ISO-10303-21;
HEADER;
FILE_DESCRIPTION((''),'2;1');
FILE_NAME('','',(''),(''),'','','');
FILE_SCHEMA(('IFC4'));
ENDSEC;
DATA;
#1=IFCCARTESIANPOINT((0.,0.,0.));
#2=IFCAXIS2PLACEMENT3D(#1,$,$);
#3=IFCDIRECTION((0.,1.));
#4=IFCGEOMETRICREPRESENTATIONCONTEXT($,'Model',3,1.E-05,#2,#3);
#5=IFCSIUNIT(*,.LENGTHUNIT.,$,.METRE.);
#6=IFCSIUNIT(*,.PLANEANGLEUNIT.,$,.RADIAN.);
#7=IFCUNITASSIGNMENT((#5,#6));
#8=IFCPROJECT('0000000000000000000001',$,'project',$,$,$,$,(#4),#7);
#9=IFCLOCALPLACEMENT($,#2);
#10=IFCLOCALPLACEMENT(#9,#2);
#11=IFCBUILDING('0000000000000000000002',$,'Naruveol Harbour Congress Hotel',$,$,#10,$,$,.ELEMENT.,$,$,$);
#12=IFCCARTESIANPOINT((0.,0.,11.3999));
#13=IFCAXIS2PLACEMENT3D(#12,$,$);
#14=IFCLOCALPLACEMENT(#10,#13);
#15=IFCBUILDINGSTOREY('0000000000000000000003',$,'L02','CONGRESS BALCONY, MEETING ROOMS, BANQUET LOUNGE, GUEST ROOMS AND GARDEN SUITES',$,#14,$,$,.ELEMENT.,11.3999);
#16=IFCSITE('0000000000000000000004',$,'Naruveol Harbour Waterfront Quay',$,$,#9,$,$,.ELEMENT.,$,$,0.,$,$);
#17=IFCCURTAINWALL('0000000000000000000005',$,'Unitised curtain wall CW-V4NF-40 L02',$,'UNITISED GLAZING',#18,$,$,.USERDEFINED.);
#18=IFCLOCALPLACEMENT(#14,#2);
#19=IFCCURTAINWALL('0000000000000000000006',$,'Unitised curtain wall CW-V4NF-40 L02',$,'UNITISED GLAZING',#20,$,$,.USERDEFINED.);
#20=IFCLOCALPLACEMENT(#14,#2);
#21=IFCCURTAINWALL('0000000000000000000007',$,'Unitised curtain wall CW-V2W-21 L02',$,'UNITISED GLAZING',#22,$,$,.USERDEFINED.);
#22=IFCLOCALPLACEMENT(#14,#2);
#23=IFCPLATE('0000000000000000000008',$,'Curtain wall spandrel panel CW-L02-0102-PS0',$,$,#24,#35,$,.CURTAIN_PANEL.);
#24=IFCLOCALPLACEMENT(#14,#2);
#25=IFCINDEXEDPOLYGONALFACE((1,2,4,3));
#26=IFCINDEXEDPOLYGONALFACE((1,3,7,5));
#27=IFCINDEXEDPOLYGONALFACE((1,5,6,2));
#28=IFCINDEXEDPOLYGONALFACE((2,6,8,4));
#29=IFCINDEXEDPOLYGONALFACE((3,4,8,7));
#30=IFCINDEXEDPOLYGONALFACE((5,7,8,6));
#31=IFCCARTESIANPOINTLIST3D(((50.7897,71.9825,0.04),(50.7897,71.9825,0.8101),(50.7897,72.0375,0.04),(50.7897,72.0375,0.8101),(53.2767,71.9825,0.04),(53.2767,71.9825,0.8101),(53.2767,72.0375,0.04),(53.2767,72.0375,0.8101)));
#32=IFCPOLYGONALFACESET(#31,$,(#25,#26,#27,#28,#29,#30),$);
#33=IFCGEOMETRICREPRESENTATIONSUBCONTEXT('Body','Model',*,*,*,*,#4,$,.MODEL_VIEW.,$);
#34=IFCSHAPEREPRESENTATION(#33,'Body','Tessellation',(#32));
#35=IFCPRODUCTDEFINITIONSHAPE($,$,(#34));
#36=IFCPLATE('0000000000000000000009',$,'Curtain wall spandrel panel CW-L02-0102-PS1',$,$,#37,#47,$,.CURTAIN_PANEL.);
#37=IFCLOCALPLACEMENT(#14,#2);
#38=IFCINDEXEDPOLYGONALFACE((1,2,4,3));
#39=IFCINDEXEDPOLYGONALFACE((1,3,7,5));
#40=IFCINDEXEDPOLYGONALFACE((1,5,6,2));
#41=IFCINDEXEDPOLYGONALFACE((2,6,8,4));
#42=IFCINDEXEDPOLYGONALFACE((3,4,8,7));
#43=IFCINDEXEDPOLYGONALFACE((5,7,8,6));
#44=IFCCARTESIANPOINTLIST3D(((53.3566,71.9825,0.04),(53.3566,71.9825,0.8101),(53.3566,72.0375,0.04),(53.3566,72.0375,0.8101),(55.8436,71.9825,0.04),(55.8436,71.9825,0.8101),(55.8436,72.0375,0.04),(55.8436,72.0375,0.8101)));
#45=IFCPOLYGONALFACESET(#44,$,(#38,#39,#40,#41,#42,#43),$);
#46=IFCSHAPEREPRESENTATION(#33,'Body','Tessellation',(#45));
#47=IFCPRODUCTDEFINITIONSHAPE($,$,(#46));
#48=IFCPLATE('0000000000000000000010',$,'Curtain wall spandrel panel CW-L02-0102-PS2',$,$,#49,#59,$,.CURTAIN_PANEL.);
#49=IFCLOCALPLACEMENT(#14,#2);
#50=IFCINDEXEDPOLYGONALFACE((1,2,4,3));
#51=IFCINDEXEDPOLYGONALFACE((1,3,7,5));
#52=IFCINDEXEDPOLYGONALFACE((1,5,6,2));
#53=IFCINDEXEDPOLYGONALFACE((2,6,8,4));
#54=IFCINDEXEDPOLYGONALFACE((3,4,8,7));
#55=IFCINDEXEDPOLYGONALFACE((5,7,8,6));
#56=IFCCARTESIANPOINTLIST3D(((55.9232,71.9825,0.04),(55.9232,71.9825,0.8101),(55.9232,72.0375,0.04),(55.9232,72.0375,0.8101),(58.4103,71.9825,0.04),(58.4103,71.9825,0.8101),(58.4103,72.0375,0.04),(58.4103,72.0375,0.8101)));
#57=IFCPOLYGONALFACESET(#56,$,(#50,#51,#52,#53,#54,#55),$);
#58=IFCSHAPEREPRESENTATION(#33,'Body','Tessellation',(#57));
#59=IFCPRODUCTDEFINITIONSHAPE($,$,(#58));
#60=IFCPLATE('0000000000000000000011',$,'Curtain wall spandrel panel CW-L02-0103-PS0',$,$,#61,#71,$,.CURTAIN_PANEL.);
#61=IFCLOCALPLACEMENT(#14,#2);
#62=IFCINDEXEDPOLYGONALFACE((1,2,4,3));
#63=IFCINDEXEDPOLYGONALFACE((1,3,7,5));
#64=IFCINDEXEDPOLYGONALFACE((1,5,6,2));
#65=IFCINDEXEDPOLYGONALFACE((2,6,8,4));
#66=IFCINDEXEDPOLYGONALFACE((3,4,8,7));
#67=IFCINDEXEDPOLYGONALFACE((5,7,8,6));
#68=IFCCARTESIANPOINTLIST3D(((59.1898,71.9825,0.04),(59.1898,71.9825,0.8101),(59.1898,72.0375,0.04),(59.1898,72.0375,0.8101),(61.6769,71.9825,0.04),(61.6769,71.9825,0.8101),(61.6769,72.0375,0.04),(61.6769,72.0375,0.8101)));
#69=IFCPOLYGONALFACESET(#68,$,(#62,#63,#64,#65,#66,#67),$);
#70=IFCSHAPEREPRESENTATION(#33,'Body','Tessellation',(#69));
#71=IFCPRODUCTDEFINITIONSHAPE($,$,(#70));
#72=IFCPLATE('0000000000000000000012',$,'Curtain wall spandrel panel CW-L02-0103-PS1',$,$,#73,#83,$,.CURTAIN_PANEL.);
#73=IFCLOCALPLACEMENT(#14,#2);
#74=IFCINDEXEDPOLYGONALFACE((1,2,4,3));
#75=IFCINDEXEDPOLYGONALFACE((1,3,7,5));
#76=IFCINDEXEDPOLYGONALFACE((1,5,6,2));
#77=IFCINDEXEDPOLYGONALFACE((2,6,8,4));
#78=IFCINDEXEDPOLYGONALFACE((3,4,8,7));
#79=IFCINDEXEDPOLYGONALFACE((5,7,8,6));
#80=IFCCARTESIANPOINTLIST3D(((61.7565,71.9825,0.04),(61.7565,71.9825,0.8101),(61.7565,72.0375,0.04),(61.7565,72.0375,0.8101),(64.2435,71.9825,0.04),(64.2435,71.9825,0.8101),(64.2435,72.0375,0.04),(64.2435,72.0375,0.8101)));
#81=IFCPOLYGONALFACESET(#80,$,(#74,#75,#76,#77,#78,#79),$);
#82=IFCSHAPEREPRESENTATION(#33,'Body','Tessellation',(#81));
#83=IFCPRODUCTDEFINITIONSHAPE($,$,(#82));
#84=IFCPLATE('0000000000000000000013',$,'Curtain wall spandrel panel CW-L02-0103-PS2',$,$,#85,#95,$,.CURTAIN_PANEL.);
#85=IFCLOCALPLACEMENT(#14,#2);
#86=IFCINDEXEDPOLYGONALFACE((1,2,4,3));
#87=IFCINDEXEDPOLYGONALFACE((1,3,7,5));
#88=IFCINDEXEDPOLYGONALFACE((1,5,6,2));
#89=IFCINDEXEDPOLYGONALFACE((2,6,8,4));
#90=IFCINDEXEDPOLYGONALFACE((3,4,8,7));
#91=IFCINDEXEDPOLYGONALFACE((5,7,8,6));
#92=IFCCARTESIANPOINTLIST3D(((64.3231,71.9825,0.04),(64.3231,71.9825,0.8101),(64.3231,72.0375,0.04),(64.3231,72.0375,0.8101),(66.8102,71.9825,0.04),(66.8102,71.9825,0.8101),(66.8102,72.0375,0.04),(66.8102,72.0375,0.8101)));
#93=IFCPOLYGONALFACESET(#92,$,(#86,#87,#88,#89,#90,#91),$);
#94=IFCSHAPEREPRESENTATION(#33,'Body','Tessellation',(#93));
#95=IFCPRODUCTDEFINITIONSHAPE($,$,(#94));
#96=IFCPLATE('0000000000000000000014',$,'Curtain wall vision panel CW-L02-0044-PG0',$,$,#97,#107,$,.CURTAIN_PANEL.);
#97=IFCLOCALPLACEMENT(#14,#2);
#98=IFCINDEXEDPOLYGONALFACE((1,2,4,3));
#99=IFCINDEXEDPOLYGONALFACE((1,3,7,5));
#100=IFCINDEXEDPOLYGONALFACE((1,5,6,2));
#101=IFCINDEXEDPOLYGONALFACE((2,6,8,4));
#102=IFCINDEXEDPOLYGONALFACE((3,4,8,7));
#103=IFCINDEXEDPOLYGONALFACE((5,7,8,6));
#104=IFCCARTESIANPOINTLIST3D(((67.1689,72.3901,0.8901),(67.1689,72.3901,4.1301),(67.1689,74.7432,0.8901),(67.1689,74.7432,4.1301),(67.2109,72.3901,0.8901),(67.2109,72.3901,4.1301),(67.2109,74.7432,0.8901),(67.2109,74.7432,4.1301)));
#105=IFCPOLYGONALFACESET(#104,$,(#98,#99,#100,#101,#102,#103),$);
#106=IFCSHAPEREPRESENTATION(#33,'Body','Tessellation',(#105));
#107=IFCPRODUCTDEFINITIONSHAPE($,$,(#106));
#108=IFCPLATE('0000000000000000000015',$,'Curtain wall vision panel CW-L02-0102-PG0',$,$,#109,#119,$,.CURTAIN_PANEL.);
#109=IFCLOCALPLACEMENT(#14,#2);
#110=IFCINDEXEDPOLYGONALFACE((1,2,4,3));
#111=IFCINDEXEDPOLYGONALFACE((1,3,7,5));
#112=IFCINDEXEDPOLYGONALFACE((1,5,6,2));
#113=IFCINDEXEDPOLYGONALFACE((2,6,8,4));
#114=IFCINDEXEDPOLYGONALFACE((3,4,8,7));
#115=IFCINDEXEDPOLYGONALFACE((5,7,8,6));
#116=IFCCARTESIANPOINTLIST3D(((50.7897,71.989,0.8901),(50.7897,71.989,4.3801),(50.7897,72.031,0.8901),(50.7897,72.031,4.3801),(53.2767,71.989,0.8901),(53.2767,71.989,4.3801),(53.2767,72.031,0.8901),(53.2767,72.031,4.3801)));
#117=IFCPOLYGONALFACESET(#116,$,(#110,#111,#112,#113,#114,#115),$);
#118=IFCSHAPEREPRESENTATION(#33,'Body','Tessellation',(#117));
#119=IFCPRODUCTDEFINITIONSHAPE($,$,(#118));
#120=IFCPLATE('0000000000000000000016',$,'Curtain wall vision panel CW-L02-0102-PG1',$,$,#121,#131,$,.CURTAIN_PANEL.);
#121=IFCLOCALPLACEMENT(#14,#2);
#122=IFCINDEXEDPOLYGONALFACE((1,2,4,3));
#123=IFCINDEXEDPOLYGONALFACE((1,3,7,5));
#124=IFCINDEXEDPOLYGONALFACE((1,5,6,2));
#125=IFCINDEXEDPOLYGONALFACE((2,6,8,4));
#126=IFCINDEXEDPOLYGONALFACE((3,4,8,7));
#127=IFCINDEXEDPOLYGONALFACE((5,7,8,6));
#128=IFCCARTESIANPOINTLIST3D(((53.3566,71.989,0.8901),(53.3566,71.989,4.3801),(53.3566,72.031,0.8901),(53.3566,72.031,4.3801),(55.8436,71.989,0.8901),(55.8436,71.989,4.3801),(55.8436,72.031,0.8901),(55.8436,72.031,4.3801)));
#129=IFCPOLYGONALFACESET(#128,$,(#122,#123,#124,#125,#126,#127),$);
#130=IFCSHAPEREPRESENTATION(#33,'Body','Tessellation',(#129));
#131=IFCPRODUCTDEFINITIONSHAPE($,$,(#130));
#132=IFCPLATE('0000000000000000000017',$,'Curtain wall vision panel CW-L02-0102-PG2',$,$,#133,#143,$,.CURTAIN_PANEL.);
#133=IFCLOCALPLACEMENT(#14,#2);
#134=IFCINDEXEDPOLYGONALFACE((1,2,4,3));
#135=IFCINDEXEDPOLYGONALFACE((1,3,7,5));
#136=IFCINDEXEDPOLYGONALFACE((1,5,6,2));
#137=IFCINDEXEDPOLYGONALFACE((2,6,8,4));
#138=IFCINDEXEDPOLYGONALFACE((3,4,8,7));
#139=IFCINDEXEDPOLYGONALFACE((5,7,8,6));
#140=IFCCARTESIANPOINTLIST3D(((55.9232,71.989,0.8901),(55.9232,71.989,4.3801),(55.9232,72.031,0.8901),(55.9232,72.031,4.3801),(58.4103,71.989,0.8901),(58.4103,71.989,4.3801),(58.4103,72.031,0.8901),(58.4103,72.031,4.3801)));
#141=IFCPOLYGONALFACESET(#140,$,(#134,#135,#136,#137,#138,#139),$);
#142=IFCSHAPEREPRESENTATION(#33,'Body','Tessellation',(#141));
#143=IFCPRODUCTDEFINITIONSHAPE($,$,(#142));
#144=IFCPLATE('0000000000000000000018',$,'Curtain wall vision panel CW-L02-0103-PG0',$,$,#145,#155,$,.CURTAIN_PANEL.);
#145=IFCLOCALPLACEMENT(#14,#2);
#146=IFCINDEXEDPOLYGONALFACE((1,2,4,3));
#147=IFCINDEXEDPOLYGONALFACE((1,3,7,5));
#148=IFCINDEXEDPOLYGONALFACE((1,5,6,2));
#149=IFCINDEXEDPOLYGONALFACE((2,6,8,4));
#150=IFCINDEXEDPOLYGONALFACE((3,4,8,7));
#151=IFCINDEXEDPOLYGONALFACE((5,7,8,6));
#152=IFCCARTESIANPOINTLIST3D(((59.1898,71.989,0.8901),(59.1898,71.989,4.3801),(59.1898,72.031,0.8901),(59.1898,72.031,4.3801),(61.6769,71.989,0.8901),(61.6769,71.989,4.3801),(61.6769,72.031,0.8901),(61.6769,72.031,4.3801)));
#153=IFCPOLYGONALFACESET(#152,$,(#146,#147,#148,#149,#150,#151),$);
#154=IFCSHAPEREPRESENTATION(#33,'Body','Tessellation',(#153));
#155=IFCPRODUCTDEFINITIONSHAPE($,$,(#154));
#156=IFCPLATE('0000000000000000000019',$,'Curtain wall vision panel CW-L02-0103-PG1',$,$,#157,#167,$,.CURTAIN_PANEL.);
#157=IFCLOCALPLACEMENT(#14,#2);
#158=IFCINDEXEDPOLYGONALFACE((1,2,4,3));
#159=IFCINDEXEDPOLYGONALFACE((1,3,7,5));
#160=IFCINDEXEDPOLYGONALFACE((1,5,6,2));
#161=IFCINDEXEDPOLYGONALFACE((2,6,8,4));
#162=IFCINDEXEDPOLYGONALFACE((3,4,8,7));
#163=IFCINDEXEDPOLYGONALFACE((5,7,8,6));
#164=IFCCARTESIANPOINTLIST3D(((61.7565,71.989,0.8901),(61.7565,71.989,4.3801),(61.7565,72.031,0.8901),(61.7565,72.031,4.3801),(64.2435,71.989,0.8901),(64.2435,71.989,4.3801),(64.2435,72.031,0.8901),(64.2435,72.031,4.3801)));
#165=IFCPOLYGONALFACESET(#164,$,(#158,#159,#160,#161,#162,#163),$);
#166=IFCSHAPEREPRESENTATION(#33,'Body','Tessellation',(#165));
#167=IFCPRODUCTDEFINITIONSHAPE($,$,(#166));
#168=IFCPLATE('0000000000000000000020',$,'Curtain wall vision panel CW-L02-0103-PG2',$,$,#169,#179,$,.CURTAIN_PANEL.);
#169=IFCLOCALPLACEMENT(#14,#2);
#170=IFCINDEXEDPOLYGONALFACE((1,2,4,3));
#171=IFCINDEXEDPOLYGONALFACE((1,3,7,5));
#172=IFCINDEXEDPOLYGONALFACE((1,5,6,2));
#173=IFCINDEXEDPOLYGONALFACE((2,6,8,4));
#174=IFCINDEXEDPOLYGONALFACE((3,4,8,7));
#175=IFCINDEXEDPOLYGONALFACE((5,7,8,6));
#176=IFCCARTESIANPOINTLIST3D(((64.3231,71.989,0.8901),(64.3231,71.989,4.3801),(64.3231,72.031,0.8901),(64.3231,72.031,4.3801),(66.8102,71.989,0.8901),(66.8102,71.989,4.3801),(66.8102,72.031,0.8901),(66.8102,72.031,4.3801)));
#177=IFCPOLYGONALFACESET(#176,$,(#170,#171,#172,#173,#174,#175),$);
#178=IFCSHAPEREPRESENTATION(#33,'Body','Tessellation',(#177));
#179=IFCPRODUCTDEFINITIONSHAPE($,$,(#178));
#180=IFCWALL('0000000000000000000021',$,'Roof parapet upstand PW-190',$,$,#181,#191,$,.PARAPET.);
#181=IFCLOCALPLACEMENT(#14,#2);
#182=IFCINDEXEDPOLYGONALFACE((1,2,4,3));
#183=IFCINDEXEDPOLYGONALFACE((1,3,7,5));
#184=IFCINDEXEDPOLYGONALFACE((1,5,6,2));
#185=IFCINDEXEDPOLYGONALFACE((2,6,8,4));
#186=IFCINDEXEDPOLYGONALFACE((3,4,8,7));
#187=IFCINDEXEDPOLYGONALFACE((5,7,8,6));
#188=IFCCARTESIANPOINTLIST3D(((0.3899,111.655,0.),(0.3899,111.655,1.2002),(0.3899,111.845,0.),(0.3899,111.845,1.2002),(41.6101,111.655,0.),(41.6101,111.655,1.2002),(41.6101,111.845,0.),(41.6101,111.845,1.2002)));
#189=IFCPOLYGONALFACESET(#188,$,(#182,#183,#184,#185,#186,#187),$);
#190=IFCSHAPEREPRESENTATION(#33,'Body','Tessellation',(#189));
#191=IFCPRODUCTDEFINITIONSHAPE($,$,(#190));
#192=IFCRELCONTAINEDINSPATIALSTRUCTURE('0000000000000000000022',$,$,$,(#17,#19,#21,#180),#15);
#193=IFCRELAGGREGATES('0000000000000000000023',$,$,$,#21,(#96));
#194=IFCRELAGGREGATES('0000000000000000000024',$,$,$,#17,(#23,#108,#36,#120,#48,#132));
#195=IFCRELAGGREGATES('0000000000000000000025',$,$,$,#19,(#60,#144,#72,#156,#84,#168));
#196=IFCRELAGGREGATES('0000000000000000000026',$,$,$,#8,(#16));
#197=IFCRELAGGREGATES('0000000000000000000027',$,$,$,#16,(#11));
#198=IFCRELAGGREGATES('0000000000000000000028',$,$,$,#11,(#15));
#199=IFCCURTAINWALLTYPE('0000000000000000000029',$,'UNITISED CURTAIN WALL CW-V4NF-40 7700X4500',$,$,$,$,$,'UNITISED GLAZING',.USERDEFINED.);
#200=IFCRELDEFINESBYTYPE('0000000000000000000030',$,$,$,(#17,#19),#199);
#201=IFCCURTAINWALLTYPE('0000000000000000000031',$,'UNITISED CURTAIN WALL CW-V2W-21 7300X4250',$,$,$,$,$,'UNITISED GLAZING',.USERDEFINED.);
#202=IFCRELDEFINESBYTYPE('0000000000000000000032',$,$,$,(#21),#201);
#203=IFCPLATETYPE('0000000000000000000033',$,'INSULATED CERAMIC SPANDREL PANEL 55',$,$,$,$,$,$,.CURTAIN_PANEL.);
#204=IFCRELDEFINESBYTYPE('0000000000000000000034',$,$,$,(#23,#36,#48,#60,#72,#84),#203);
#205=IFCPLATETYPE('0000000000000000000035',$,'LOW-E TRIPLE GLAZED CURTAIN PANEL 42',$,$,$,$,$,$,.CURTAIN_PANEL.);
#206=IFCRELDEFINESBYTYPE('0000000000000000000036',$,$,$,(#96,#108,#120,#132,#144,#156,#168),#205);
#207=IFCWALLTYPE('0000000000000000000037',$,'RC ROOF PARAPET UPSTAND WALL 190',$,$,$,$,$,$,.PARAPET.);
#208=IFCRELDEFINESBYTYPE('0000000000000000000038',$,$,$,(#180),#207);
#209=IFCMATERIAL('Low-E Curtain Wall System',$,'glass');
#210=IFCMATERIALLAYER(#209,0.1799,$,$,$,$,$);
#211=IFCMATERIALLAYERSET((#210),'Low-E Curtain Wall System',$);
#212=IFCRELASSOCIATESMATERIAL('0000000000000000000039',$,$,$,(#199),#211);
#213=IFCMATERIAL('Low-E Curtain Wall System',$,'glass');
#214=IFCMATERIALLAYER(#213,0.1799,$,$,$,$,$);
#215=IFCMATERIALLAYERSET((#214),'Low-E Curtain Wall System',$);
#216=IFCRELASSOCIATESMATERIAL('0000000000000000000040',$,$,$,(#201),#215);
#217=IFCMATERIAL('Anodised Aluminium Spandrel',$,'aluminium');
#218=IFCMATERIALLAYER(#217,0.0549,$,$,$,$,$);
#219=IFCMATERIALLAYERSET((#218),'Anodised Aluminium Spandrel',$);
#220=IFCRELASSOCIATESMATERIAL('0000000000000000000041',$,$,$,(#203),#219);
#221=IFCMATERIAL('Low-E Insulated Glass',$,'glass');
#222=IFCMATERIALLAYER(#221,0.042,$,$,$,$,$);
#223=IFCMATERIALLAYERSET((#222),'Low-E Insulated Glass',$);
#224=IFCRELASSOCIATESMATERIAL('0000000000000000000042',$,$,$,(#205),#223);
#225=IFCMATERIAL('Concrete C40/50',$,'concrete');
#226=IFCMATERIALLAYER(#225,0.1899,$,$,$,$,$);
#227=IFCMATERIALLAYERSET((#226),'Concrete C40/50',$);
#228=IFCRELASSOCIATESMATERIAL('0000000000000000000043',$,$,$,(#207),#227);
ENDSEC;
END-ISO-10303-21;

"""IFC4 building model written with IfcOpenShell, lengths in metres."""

from ifc_helpers import new_model, si_unit, direction, frame, frame_2d, origin, origin_2d, place, context, subcontext, project, spatial, rectangle, extrude, material, layer, layer_set, type_object, element, aggregate, save


model = new_model("IFC4")

# Units and contexts
model_context = context("Model", 3, precision=1e-05, world=origin(), true_north=direction((0.0, 1.0)))
body_context = subcontext(model_context, "Body", "Model", "MODEL_VIEW")
ifc_project = project(units=[si_unit("LENGTHUNIT", "METRE"), si_unit("PLANEANGLEUNIT", "RADIAN")], contexts=[model_context])

# Site, building, storey
site_placement = place(None, origin())
site = spatial("IfcSite", under=ifc_project, at=site_placement, Name="Naruveol Harbour Waterfront Quay", CompositionType="ELEMENT", RefElevation=0.0)
building_placement = place(site_placement, origin())
building = spatial("IfcBuilding", under=site, at=building_placement, Name="Naruveol Harbour Congress Hotel", CompositionType="ELEMENT")
storey_placement = place(building_placement, frame((0.0, 0.0, 11.3999)))
storey = spatial("IfcBuildingStorey", under=building, at=storey_placement, Name="L02", Description="CONGRESS BALCONY, MEETING ROOMS, BANQUET LOUNGE, GUEST ROOMS AND GARDEN SUITES", CompositionType="ELEMENT", Elevation=11.3999)

# Curtain wall
ifc_material_1 = material(Name="Low-E Curtain Wall System", Category="glass")
ifc_layer_1 = layer(ifc_material_1, 0.1799)
ifc_layer_set_1 = layer_set([ifc_layer_1], Name="Low-E Curtain Wall System")
curtain_wall_type_1 = type_object("IfcCurtainWallType", Name="UNITISED CURTAIN WALL CW-V4NF-40 7700X4500", ElementType="UNITISED GLAZING", PredefinedType="USERDEFINED", material=ifc_layer_set_1)
curtain_wall_1_placement = place(storey_placement, origin())
curtain_wall_1 = element("IfcCurtainWall", 1, at=curtain_wall_1_placement, inside=storey, type_object=curtain_wall_type_1, Name="Unitised curtain wall CW-V4NF-40 L02", ObjectType="UNITISED GLAZING", PredefinedType="USERDEFINED")

# Curtain wall
curtain_wall_2_placement = place(storey_placement, origin())
curtain_wall_2 = element("IfcCurtainWall", 2, at=curtain_wall_2_placement, inside=storey, type_object=curtain_wall_type_1, Name="Unitised curtain wall CW-V4NF-40 L02", ObjectType="UNITISED GLAZING", PredefinedType="USERDEFINED")

# Curtain wall
ifc_material_2 = material(Name="Low-E Curtain Wall System", Category="glass")
ifc_layer_2 = layer(ifc_material_2, 0.1799)
ifc_layer_set_2 = layer_set([ifc_layer_2], Name="Low-E Curtain Wall System")
curtain_wall_type_2 = type_object("IfcCurtainWallType", Name="UNITISED CURTAIN WALL CW-V2W-21 7300X4250", ElementType="UNITISED GLAZING", PredefinedType="USERDEFINED", material=ifc_layer_set_2)
curtain_wall_3_placement = place(storey_placement, origin())
curtain_wall_3 = element("IfcCurtainWall", 3, at=curtain_wall_3_placement, inside=storey, type_object=curtain_wall_type_2, Name="Unitised curtain wall CW-V2W-21 L02", ObjectType="UNITISED GLAZING", PredefinedType="USERDEFINED")
ifc_material_3 = material(Name="Anodised Aluminium Spandrel", Category="aluminium")
ifc_layer_3 = layer(ifc_material_3, 0.0549)
ifc_layer_set_3 = layer_set([ifc_layer_3], Name="Anodised Aluminium Spandrel")
plate_type_1 = type_object("IfcPlateType", Name="INSULATED CERAMIC SPANDREL PANEL 55", PredefinedType="CURTAIN_PANEL", material=ifc_layer_set_3)

# Plates
plate_1_placement = place(storey_placement, frame((52.0332, 72.01, 0.04), z_axis=(0.0, 0.0, 1.0), x_axis=(1.0, 0.0, 0.0)))
plate_1 = element("IfcPlate", 4, at=plate_1_placement, type_object=plate_type_1, Name="Curtain wall spandrel panel CW-L02-0102-PS0", PredefinedType="CURTAIN_PANEL", context=body_context, shape_type="SweptSolid", body=[
    extrude(rectangle(XDim=2.4871, YDim=0.0549, at=origin_2d()), origin(), (0.0, 0.0, 1.0), 0.77),
])
plate_2_placement = place(storey_placement, frame((54.6001, 72.01, 0.04), z_axis=(0.0, 0.0, 1.0), x_axis=(1.0, 0.0, 0.0)))
plate_2 = element("IfcPlate", 5, at=plate_2_placement, type_object=plate_type_1, Name="Curtain wall spandrel panel CW-L02-0102-PS1", PredefinedType="CURTAIN_PANEL", context=body_context, shape_type="SweptSolid", body=[
    extrude(rectangle(XDim=2.4871, YDim=0.0549, at=origin_2d()), origin(), (0.0, 0.0, 1.0), 0.77),
])
plate_3_placement = place(storey_placement, frame((57.1667, 72.01, 0.04), z_axis=(0.0, 0.0, 1.0), x_axis=(1.0, 0.0, 0.0)))
plate_3 = element("IfcPlate", 6, at=plate_3_placement, type_object=plate_type_1, Name="Curtain wall spandrel panel CW-L02-0102-PS2", PredefinedType="CURTAIN_PANEL", context=body_context, shape_type="SweptSolid", body=[
    extrude(rectangle(XDim=2.4871, YDim=0.0549, at=origin_2d()), origin(), (0.0, 0.0, 1.0), 0.77),
])
plate_4_placement = place(storey_placement, frame((60.4333, 72.01, 0.04), z_axis=(0.0, 0.0, 1.0), x_axis=(1.0, 0.0, 0.0)))
plate_4 = element("IfcPlate", 7, at=plate_4_placement, type_object=plate_type_1, Name="Curtain wall spandrel panel CW-L02-0103-PS0", PredefinedType="CURTAIN_PANEL", context=body_context, shape_type="SweptSolid", body=[
    extrude(rectangle(XDim=2.4871, YDim=0.0549, at=origin_2d()), origin(), (0.0, 0.0, 1.0), 0.77),
])
plate_5_placement = place(storey_placement, frame((63.0, 72.01, 0.04), z_axis=(0.0, 0.0, 1.0), x_axis=(1.0, 0.0, 0.0)))
plate_5 = element("IfcPlate", 8, at=plate_5_placement, type_object=plate_type_1, Name="Curtain wall spandrel panel CW-L02-0103-PS1", PredefinedType="CURTAIN_PANEL", context=body_context, shape_type="SweptSolid", body=[
    extrude(rectangle(XDim=2.4871, YDim=0.0549, at=origin_2d()), origin(), (0.0, 0.0, 1.0), 0.77),
])
plate_6_placement = place(storey_placement, frame((65.5667, 72.01, 0.04), z_axis=(0.0, 0.0, 1.0), x_axis=(1.0, 0.0, 0.0)))
plate_6 = element("IfcPlate", 9, at=plate_6_placement, type_object=plate_type_1, Name="Curtain wall spandrel panel CW-L02-0103-PS2", PredefinedType="CURTAIN_PANEL", context=body_context, shape_type="SweptSolid", body=[
    extrude(rectangle(XDim=2.4871, YDim=0.0549, at=origin_2d()), origin(), (0.0, 0.0, 1.0), 0.77),
])
ifc_material_4 = material(Name="Low-E Insulated Glass", Category="glass")
ifc_layer_4 = layer(ifc_material_4, 0.042)
ifc_layer_set_4 = layer_set([ifc_layer_4], Name="Low-E Insulated Glass")
plate_type_2 = type_object("IfcPlateType", Name="LOW-E TRIPLE GLAZED CURTAIN PANEL 42", PredefinedType="CURTAIN_PANEL", material=ifc_layer_set_4)
plate_7_placement = place(storey_placement, frame((67.1899, 73.5667, 0.8901), z_axis=(0.0, 0.0, 1.0), x_axis=(0.0, 1.0, 0.0)))
plate_7 = element("IfcPlate", 10, at=plate_7_placement, type_object=plate_type_2, Name="Curtain wall vision panel CW-L02-0044-PG0", PredefinedType="CURTAIN_PANEL", context=body_context, shape_type="SweptSolid", body=[
    extrude(rectangle(XDim=2.353, YDim=0.042, at=origin_2d()), origin(), (0.0, 0.0, 1.0), 3.24),
])
aggregate(curtain_wall_3, [plate_7])
plate_8_placement = place(storey_placement, frame((52.0332, 72.01, 0.8901), z_axis=(0.0, 0.0, 1.0), x_axis=(1.0, 0.0, 0.0)))
plate_8 = element("IfcPlate", 11, at=plate_8_placement, type_object=plate_type_2, Name="Curtain wall vision panel CW-L02-0102-PG0", PredefinedType="CURTAIN_PANEL", context=body_context, shape_type="SweptSolid", body=[
    extrude(rectangle(XDim=2.4871, YDim=0.042, at=origin_2d()), origin(), (0.0, 0.0, 1.0), 3.49),
])
plate_9_placement = place(storey_placement, frame((54.6001, 72.01, 0.8901), z_axis=(0.0, 0.0, 1.0), x_axis=(1.0, 0.0, 0.0)))
plate_9 = element("IfcPlate", 12, at=plate_9_placement, type_object=plate_type_2, Name="Curtain wall vision panel CW-L02-0102-PG1", PredefinedType="CURTAIN_PANEL", context=body_context, shape_type="SweptSolid", body=[
    extrude(rectangle(XDim=2.4871, YDim=0.042, at=origin_2d()), origin(), (0.0, 0.0, 1.0), 3.49),
])
plate_10_placement = place(storey_placement, frame((57.1667, 72.01, 0.8901), z_axis=(0.0, 0.0, 1.0), x_axis=(1.0, 0.0, 0.0)))
plate_10 = element("IfcPlate", 13, at=plate_10_placement, type_object=plate_type_2, Name="Curtain wall vision panel CW-L02-0102-PG2", PredefinedType="CURTAIN_PANEL", context=body_context, shape_type="SweptSolid", body=[
    extrude(rectangle(XDim=2.4871, YDim=0.042, at=origin_2d()), origin(), (0.0, 0.0, 1.0), 3.49),
])
aggregate(curtain_wall_1, [plate_1, plate_8, plate_2, plate_9, plate_3, plate_10])
plate_11_placement = place(storey_placement, frame((60.4333, 72.01, 0.8901), z_axis=(0.0, 0.0, 1.0), x_axis=(1.0, 0.0, 0.0)))
plate_11 = element("IfcPlate", 14, at=plate_11_placement, type_object=plate_type_2, Name="Curtain wall vision panel CW-L02-0103-PG0", PredefinedType="CURTAIN_PANEL", context=body_context, shape_type="SweptSolid", body=[
    extrude(rectangle(XDim=2.4871, YDim=0.042, at=origin_2d()), origin(), (0.0, 0.0, 1.0), 3.49),
])
plate_12_placement = place(storey_placement, frame((63.0, 72.01, 0.8901), z_axis=(0.0, 0.0, 1.0), x_axis=(1.0, 0.0, 0.0)))
plate_12 = element("IfcPlate", 15, at=plate_12_placement, type_object=plate_type_2, Name="Curtain wall vision panel CW-L02-0103-PG1", PredefinedType="CURTAIN_PANEL", context=body_context, shape_type="SweptSolid", body=[
    extrude(rectangle(XDim=2.4871, YDim=0.042, at=origin_2d()), origin(), (0.0, 0.0, 1.0), 3.49),
])
plate_13_placement = place(storey_placement, frame((65.5667, 72.01, 0.8901), z_axis=(0.0, 0.0, 1.0), x_axis=(1.0, 0.0, 0.0)))
plate_13 = element("IfcPlate", 16, at=plate_13_placement, type_object=plate_type_2, Name="Curtain wall vision panel CW-L02-0103-PG2", PredefinedType="CURTAIN_PANEL", context=body_context, shape_type="SweptSolid", body=[
    extrude(rectangle(XDim=2.4871, YDim=0.042, at=origin_2d()), origin(), (0.0, 0.0, 1.0), 3.49),
])
aggregate(curtain_wall_2, [plate_4, plate_11, plate_5, plate_12, plate_6, plate_13])

# Wall
ifc_material_5 = material(Name="Concrete C40/50", Category="concrete")
ifc_layer_5 = layer(ifc_material_5, 0.1899)
ifc_layer_set_5 = layer_set([ifc_layer_5], Name="Concrete C40/50")
wall_type = type_object("IfcWallType", Name="RC ROOF PARAPET UPSTAND WALL 190", PredefinedType="PARAPET", material=ifc_layer_set_5)
wall_placement = place(storey_placement, frame((41.6101, 111.75, 0.0), z_axis=(0.0, 0.0, 1.0), x_axis=(-1.0, 0.0, 0.0)))
element("IfcWall", 17, at=wall_placement, inside=storey, type_object=wall_type, Name="Roof parapet upstand PW-190", PredefinedType="PARAPET", context=body_context, shape_type="SweptSolid", body=[
    extrude(rectangle(XDim=41.2202, YDim=0.1899, at=frame_2d((20.6101, 0.0))), origin(), (0.0, 0.0, 1.0), 1.2002),
])

save(model, "model.ifc")
